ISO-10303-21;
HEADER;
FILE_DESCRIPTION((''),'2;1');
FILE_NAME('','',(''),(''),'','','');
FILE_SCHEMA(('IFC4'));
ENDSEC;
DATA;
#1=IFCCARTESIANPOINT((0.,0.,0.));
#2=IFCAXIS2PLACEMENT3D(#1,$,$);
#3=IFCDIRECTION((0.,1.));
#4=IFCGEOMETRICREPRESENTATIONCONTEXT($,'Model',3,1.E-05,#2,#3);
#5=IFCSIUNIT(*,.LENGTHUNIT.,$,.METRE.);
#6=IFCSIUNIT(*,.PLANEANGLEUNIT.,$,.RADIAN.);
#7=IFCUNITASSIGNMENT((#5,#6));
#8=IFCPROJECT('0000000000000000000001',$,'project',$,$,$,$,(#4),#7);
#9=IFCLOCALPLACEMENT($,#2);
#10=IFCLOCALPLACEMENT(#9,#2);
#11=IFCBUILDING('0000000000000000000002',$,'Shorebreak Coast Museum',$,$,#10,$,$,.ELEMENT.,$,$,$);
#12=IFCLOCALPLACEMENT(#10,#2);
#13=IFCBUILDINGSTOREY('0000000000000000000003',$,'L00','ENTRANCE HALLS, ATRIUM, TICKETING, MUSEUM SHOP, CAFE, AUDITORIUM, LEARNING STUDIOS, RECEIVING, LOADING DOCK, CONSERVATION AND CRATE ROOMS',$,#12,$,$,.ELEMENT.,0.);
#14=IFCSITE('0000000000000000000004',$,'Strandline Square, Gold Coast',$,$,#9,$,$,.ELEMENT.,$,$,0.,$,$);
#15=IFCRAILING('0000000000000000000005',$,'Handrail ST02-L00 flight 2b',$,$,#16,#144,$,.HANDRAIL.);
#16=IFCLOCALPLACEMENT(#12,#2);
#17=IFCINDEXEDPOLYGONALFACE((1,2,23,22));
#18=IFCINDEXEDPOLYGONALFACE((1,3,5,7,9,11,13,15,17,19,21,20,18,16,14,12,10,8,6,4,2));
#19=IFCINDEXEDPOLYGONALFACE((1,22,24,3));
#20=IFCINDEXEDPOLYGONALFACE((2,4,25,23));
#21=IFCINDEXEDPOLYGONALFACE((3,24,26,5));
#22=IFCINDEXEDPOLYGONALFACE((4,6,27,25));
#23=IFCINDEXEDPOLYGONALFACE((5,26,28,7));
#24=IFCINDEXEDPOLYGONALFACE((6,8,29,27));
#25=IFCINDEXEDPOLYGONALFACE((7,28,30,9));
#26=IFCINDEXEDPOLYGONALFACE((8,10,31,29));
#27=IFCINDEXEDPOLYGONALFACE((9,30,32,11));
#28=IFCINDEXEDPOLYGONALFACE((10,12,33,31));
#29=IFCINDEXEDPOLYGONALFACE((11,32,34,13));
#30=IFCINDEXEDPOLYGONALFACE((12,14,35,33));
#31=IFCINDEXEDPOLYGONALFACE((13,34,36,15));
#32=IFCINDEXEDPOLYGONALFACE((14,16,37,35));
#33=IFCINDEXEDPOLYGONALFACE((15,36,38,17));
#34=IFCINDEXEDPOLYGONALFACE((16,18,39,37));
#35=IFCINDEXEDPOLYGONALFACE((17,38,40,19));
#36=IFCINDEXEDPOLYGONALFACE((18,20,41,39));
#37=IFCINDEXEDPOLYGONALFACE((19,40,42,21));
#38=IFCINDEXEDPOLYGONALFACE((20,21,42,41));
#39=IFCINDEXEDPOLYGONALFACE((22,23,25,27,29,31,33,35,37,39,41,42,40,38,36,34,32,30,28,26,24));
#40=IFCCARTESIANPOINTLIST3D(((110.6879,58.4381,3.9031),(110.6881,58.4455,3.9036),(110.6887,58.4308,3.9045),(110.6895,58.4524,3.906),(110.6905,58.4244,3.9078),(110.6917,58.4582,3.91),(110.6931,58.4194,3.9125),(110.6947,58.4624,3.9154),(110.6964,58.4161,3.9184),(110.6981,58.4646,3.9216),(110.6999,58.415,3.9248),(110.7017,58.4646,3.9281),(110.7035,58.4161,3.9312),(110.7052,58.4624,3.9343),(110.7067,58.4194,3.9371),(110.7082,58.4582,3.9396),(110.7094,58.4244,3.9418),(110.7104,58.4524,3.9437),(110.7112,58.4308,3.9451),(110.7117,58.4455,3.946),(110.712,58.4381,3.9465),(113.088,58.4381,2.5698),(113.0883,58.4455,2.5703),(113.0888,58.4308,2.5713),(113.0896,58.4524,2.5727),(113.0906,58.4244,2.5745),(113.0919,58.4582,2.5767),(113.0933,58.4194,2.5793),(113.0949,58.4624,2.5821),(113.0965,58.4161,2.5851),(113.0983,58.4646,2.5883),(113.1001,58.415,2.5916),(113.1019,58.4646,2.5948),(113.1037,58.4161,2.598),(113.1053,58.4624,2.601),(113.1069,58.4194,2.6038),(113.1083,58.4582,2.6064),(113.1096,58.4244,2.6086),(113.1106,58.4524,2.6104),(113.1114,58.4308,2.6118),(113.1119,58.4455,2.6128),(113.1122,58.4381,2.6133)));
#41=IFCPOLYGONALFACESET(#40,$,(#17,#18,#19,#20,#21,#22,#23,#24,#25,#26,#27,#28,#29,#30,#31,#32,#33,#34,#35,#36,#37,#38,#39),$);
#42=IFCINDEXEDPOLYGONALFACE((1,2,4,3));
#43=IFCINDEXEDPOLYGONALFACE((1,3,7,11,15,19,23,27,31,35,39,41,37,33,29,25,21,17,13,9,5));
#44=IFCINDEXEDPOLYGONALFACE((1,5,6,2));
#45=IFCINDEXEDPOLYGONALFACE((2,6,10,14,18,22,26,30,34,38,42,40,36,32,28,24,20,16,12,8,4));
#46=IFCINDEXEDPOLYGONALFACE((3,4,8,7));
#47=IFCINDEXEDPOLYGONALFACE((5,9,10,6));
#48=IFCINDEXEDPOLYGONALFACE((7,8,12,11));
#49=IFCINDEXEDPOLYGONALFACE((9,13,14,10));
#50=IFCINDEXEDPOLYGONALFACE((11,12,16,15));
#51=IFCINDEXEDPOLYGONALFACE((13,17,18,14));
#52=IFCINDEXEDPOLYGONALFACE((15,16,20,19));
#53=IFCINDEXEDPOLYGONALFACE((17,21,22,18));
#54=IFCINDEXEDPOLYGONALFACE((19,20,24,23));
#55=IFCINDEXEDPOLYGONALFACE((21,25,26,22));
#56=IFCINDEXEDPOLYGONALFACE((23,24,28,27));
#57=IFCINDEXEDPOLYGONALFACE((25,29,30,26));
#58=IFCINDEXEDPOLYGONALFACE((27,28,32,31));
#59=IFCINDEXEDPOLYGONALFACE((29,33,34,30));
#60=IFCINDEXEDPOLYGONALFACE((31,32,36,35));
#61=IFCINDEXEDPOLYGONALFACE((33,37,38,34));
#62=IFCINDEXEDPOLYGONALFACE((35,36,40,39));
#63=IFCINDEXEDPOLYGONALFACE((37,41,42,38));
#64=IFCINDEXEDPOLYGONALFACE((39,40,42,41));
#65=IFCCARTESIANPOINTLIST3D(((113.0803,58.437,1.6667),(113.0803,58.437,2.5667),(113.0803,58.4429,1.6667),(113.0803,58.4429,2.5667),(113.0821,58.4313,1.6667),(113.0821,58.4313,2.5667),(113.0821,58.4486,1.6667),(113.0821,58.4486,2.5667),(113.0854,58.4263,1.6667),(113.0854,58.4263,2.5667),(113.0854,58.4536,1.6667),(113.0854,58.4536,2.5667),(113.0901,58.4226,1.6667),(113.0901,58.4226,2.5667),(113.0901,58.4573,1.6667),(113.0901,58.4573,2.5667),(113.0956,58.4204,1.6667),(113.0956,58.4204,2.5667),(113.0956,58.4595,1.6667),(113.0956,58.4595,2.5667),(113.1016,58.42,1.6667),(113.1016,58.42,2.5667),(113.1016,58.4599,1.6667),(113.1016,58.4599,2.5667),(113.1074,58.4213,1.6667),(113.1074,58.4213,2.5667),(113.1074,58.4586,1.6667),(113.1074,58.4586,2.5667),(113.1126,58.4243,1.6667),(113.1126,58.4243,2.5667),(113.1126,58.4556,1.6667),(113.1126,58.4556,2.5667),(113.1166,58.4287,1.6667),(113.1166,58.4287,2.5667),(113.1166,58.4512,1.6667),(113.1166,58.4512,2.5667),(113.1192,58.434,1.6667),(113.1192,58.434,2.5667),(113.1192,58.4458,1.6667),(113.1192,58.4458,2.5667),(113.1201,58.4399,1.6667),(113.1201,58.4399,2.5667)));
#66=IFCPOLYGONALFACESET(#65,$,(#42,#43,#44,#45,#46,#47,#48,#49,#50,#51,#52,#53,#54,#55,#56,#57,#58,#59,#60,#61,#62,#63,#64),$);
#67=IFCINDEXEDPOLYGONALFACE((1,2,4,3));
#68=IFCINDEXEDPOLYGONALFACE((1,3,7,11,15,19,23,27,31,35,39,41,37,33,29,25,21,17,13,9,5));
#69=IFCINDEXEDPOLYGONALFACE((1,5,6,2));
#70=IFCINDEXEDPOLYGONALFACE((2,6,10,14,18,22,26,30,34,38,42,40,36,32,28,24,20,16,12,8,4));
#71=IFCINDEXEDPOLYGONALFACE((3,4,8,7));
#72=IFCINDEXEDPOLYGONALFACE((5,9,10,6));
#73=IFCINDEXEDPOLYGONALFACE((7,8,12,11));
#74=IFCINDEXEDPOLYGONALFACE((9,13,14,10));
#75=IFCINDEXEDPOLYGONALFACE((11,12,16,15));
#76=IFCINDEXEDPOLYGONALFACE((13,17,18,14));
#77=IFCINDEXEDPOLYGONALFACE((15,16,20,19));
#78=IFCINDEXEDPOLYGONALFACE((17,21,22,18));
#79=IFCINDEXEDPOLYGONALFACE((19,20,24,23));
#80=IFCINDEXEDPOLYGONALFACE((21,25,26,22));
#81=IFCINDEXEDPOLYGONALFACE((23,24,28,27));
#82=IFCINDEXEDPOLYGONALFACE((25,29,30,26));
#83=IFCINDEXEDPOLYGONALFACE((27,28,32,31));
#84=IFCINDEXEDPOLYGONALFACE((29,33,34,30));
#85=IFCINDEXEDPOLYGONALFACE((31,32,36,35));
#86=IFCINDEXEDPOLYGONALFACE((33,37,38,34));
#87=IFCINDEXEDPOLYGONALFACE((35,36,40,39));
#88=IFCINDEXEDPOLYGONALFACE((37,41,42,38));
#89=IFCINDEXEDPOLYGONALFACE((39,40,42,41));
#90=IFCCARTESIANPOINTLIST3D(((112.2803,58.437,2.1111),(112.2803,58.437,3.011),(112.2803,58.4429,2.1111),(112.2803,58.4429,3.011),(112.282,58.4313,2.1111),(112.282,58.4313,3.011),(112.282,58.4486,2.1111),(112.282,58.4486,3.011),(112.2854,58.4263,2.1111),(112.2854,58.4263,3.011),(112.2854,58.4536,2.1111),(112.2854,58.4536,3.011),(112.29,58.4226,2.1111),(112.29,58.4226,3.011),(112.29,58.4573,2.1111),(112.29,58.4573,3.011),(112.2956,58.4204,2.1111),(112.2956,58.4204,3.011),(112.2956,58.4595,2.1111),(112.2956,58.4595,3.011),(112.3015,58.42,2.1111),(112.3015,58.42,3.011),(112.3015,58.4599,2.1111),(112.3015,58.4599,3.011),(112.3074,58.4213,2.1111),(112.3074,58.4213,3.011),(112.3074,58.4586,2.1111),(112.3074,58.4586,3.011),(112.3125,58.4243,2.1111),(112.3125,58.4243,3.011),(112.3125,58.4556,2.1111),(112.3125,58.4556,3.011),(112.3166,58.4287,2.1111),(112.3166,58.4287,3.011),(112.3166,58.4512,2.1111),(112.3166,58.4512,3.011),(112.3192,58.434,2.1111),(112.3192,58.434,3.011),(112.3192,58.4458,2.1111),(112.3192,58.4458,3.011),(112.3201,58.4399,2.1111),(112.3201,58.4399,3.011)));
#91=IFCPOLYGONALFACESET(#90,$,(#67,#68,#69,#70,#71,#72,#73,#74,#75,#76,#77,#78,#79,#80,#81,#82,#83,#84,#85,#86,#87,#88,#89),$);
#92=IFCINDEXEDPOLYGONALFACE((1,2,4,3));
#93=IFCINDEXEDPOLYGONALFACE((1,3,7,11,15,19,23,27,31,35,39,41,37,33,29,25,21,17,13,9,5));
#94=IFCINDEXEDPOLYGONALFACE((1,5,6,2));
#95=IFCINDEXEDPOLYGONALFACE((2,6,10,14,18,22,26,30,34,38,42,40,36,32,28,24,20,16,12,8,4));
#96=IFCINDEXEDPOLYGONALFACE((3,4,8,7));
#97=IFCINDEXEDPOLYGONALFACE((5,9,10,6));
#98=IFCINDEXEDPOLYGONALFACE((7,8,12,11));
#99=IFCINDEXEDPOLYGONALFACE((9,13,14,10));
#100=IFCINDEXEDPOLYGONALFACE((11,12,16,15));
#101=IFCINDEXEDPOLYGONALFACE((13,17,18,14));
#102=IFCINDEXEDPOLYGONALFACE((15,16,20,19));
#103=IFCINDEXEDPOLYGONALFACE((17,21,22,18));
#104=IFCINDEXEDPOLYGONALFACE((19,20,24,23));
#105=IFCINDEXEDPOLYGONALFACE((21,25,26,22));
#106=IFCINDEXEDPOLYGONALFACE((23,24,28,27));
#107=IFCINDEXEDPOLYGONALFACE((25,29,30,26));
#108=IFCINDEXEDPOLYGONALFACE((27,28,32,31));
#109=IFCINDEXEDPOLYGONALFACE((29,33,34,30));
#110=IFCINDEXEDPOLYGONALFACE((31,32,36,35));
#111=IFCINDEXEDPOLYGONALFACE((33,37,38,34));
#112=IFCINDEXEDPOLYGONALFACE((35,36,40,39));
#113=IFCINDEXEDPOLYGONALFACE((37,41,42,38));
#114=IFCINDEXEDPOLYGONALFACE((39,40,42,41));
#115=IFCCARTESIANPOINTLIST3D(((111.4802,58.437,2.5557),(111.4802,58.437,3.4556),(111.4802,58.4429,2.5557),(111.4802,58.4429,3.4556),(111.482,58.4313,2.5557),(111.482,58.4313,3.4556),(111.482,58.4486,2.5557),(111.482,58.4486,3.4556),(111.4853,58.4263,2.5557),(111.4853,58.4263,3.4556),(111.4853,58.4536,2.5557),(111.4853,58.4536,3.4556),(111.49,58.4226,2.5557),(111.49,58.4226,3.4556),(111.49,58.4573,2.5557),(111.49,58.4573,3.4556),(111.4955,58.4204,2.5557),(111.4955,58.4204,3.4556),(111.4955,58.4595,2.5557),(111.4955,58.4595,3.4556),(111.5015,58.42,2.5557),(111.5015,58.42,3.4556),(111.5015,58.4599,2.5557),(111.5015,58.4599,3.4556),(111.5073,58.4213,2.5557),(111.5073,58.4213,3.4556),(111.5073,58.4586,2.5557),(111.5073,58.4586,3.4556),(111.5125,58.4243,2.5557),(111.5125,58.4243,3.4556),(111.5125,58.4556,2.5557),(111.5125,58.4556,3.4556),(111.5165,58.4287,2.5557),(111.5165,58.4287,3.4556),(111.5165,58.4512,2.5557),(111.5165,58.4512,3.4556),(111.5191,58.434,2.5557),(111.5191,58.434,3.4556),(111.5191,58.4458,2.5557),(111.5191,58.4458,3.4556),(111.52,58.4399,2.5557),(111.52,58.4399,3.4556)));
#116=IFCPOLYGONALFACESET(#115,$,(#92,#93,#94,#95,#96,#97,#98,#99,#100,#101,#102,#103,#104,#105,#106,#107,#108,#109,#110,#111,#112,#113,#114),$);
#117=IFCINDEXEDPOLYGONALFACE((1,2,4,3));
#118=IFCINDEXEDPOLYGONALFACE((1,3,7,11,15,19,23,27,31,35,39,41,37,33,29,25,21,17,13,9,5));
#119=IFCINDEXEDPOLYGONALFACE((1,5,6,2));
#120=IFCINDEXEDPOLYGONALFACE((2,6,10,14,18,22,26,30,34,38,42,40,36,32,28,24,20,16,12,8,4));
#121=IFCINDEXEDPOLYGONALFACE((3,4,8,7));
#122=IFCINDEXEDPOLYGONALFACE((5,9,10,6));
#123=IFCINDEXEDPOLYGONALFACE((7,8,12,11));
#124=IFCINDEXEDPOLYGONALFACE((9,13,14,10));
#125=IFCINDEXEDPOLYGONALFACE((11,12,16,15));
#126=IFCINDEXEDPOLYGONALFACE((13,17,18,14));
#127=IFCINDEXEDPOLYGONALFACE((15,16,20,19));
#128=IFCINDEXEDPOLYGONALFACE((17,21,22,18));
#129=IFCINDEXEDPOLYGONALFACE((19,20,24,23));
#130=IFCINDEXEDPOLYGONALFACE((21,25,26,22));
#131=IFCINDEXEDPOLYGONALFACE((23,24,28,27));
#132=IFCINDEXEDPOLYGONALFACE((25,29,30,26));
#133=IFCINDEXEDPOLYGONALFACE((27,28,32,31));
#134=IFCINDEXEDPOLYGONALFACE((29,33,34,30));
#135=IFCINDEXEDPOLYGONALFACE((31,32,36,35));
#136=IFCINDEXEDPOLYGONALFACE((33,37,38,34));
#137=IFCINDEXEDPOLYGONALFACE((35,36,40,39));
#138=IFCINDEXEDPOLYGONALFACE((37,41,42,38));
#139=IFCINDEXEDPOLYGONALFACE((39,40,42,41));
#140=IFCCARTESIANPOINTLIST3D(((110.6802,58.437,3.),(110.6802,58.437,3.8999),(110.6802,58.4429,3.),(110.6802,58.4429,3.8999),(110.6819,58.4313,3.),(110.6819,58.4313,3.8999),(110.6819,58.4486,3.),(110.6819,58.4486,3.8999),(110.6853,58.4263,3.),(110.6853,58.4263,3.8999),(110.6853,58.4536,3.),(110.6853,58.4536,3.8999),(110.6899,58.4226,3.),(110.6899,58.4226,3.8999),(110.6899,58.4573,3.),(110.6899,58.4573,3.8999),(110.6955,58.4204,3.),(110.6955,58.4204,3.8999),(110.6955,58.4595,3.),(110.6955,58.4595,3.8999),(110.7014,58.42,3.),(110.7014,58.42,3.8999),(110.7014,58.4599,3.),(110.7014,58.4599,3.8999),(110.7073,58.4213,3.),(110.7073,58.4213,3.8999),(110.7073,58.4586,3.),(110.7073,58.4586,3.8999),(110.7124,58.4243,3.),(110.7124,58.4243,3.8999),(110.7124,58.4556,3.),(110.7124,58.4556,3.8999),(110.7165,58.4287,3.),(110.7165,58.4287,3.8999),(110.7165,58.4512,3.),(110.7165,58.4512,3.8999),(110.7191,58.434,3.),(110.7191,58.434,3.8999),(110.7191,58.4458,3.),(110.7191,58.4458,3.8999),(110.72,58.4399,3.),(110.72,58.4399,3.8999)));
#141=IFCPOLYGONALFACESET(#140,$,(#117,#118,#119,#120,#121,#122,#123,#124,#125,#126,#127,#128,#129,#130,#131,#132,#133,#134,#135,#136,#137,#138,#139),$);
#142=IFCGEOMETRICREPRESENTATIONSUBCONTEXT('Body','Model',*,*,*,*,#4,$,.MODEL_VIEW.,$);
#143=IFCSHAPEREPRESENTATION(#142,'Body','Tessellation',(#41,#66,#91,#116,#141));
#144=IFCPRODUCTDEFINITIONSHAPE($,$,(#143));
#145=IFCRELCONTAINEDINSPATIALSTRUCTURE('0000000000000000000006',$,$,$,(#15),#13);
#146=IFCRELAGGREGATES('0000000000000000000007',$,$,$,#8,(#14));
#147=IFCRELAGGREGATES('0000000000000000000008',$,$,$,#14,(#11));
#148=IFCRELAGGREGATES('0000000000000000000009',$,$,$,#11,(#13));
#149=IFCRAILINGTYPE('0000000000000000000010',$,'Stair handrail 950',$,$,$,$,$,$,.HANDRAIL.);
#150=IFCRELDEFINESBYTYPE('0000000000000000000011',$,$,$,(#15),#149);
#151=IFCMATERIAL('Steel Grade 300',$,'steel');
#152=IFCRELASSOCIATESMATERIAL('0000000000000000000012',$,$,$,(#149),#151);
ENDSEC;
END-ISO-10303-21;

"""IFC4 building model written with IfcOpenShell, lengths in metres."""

from ifc_helpers import new_model, si_unit, direction, frame, origin, origin_2d, place, context, subcontext, project, spatial, circle, extrude, material, type_object, element, save


model = new_model("IFC4")

# Units and contexts
model_context = context("Model", 3, precision=1e-05, world=origin(), true_north=direction((0.0, 1.0)))
body_context = subcontext(model_context, "Body", "Model", "MODEL_VIEW")
ifc_project = project(units=[si_unit("LENGTHUNIT", "METRE"), si_unit("PLANEANGLEUNIT", "RADIAN")], contexts=[model_context])

# Site, building, storey
site_placement = place(None, origin())
site = spatial("IfcSite", under=ifc_project, at=site_placement, Name="Strandline Square, Gold Coast", CompositionType="ELEMENT", RefElevation=0.0)
building_placement = place(site_placement, origin())
building = spatial("IfcBuilding", under=site, at=building_placement, Name="Shorebreak Coast Museum", CompositionType="ELEMENT")
storey_placement = place(building_placement, origin())
storey = spatial("IfcBuildingStorey", under=building, at=storey_placement, Name="L00", Description="ENTRANCE HALLS, ATRIUM, TICKETING, MUSEUM SHOP, CAFE, AUDITORIUM, LEARNING STUDIOS, RECEIVING, LOADING DOCK, CONSERVATION AND CRATE ROOMS", CompositionType="ELEMENT", Elevation=0.0)

# Railing
ifc_material_1 = material(Name="Steel Grade 300", Category="steel")
railing_type_1 = type_object("IfcRailingType", Name="Stair handrail 950", PredefinedType="HANDRAIL", material=ifc_material_1)
for number, where, name in (
    (1, (113.1001, 58.4399, 1.6667), "Handrail ST02-L00 flight 2b"),
):
    element("IfcRailing", number, at=place(storey_placement, frame(where)), inside=storey, type_object=railing_type_1, Name=name, PredefinedType="HANDRAIL", context=body_context, shape_type="SweptSolid", body=[
        extrude(circle(Radius=0.0249, at=origin_2d()), frame((0.0, 0.0, 0.9248), z_axis=(-0.874182, 0.0, 0.485598), x_axis=(0.0, -1.0, 0.0)), (0.0, 0.0, 1.0), 2.7456),
        extrude(circle(Radius=0.02, at=origin_2d()), origin(), (0.0, 0.0, 1.0), 0.8999),
        extrude(circle(Radius=0.02, at=origin_2d()), frame((-0.8, 0.0, 0.4443)), (0.0, 0.0, 1.0), 0.8999),
        extrude(circle(Radius=0.02, at=origin_2d()), frame((-1.6001, 0.0, 0.8889)), (0.0, 0.0, 1.0), 0.8999),
        extrude(circle(Radius=0.02, at=origin_2d()), frame((-2.4001, 0.0, 1.3333)), (0.0, 0.0, 1.0), 0.8999),
    ])

save(model, "model.ifc")
